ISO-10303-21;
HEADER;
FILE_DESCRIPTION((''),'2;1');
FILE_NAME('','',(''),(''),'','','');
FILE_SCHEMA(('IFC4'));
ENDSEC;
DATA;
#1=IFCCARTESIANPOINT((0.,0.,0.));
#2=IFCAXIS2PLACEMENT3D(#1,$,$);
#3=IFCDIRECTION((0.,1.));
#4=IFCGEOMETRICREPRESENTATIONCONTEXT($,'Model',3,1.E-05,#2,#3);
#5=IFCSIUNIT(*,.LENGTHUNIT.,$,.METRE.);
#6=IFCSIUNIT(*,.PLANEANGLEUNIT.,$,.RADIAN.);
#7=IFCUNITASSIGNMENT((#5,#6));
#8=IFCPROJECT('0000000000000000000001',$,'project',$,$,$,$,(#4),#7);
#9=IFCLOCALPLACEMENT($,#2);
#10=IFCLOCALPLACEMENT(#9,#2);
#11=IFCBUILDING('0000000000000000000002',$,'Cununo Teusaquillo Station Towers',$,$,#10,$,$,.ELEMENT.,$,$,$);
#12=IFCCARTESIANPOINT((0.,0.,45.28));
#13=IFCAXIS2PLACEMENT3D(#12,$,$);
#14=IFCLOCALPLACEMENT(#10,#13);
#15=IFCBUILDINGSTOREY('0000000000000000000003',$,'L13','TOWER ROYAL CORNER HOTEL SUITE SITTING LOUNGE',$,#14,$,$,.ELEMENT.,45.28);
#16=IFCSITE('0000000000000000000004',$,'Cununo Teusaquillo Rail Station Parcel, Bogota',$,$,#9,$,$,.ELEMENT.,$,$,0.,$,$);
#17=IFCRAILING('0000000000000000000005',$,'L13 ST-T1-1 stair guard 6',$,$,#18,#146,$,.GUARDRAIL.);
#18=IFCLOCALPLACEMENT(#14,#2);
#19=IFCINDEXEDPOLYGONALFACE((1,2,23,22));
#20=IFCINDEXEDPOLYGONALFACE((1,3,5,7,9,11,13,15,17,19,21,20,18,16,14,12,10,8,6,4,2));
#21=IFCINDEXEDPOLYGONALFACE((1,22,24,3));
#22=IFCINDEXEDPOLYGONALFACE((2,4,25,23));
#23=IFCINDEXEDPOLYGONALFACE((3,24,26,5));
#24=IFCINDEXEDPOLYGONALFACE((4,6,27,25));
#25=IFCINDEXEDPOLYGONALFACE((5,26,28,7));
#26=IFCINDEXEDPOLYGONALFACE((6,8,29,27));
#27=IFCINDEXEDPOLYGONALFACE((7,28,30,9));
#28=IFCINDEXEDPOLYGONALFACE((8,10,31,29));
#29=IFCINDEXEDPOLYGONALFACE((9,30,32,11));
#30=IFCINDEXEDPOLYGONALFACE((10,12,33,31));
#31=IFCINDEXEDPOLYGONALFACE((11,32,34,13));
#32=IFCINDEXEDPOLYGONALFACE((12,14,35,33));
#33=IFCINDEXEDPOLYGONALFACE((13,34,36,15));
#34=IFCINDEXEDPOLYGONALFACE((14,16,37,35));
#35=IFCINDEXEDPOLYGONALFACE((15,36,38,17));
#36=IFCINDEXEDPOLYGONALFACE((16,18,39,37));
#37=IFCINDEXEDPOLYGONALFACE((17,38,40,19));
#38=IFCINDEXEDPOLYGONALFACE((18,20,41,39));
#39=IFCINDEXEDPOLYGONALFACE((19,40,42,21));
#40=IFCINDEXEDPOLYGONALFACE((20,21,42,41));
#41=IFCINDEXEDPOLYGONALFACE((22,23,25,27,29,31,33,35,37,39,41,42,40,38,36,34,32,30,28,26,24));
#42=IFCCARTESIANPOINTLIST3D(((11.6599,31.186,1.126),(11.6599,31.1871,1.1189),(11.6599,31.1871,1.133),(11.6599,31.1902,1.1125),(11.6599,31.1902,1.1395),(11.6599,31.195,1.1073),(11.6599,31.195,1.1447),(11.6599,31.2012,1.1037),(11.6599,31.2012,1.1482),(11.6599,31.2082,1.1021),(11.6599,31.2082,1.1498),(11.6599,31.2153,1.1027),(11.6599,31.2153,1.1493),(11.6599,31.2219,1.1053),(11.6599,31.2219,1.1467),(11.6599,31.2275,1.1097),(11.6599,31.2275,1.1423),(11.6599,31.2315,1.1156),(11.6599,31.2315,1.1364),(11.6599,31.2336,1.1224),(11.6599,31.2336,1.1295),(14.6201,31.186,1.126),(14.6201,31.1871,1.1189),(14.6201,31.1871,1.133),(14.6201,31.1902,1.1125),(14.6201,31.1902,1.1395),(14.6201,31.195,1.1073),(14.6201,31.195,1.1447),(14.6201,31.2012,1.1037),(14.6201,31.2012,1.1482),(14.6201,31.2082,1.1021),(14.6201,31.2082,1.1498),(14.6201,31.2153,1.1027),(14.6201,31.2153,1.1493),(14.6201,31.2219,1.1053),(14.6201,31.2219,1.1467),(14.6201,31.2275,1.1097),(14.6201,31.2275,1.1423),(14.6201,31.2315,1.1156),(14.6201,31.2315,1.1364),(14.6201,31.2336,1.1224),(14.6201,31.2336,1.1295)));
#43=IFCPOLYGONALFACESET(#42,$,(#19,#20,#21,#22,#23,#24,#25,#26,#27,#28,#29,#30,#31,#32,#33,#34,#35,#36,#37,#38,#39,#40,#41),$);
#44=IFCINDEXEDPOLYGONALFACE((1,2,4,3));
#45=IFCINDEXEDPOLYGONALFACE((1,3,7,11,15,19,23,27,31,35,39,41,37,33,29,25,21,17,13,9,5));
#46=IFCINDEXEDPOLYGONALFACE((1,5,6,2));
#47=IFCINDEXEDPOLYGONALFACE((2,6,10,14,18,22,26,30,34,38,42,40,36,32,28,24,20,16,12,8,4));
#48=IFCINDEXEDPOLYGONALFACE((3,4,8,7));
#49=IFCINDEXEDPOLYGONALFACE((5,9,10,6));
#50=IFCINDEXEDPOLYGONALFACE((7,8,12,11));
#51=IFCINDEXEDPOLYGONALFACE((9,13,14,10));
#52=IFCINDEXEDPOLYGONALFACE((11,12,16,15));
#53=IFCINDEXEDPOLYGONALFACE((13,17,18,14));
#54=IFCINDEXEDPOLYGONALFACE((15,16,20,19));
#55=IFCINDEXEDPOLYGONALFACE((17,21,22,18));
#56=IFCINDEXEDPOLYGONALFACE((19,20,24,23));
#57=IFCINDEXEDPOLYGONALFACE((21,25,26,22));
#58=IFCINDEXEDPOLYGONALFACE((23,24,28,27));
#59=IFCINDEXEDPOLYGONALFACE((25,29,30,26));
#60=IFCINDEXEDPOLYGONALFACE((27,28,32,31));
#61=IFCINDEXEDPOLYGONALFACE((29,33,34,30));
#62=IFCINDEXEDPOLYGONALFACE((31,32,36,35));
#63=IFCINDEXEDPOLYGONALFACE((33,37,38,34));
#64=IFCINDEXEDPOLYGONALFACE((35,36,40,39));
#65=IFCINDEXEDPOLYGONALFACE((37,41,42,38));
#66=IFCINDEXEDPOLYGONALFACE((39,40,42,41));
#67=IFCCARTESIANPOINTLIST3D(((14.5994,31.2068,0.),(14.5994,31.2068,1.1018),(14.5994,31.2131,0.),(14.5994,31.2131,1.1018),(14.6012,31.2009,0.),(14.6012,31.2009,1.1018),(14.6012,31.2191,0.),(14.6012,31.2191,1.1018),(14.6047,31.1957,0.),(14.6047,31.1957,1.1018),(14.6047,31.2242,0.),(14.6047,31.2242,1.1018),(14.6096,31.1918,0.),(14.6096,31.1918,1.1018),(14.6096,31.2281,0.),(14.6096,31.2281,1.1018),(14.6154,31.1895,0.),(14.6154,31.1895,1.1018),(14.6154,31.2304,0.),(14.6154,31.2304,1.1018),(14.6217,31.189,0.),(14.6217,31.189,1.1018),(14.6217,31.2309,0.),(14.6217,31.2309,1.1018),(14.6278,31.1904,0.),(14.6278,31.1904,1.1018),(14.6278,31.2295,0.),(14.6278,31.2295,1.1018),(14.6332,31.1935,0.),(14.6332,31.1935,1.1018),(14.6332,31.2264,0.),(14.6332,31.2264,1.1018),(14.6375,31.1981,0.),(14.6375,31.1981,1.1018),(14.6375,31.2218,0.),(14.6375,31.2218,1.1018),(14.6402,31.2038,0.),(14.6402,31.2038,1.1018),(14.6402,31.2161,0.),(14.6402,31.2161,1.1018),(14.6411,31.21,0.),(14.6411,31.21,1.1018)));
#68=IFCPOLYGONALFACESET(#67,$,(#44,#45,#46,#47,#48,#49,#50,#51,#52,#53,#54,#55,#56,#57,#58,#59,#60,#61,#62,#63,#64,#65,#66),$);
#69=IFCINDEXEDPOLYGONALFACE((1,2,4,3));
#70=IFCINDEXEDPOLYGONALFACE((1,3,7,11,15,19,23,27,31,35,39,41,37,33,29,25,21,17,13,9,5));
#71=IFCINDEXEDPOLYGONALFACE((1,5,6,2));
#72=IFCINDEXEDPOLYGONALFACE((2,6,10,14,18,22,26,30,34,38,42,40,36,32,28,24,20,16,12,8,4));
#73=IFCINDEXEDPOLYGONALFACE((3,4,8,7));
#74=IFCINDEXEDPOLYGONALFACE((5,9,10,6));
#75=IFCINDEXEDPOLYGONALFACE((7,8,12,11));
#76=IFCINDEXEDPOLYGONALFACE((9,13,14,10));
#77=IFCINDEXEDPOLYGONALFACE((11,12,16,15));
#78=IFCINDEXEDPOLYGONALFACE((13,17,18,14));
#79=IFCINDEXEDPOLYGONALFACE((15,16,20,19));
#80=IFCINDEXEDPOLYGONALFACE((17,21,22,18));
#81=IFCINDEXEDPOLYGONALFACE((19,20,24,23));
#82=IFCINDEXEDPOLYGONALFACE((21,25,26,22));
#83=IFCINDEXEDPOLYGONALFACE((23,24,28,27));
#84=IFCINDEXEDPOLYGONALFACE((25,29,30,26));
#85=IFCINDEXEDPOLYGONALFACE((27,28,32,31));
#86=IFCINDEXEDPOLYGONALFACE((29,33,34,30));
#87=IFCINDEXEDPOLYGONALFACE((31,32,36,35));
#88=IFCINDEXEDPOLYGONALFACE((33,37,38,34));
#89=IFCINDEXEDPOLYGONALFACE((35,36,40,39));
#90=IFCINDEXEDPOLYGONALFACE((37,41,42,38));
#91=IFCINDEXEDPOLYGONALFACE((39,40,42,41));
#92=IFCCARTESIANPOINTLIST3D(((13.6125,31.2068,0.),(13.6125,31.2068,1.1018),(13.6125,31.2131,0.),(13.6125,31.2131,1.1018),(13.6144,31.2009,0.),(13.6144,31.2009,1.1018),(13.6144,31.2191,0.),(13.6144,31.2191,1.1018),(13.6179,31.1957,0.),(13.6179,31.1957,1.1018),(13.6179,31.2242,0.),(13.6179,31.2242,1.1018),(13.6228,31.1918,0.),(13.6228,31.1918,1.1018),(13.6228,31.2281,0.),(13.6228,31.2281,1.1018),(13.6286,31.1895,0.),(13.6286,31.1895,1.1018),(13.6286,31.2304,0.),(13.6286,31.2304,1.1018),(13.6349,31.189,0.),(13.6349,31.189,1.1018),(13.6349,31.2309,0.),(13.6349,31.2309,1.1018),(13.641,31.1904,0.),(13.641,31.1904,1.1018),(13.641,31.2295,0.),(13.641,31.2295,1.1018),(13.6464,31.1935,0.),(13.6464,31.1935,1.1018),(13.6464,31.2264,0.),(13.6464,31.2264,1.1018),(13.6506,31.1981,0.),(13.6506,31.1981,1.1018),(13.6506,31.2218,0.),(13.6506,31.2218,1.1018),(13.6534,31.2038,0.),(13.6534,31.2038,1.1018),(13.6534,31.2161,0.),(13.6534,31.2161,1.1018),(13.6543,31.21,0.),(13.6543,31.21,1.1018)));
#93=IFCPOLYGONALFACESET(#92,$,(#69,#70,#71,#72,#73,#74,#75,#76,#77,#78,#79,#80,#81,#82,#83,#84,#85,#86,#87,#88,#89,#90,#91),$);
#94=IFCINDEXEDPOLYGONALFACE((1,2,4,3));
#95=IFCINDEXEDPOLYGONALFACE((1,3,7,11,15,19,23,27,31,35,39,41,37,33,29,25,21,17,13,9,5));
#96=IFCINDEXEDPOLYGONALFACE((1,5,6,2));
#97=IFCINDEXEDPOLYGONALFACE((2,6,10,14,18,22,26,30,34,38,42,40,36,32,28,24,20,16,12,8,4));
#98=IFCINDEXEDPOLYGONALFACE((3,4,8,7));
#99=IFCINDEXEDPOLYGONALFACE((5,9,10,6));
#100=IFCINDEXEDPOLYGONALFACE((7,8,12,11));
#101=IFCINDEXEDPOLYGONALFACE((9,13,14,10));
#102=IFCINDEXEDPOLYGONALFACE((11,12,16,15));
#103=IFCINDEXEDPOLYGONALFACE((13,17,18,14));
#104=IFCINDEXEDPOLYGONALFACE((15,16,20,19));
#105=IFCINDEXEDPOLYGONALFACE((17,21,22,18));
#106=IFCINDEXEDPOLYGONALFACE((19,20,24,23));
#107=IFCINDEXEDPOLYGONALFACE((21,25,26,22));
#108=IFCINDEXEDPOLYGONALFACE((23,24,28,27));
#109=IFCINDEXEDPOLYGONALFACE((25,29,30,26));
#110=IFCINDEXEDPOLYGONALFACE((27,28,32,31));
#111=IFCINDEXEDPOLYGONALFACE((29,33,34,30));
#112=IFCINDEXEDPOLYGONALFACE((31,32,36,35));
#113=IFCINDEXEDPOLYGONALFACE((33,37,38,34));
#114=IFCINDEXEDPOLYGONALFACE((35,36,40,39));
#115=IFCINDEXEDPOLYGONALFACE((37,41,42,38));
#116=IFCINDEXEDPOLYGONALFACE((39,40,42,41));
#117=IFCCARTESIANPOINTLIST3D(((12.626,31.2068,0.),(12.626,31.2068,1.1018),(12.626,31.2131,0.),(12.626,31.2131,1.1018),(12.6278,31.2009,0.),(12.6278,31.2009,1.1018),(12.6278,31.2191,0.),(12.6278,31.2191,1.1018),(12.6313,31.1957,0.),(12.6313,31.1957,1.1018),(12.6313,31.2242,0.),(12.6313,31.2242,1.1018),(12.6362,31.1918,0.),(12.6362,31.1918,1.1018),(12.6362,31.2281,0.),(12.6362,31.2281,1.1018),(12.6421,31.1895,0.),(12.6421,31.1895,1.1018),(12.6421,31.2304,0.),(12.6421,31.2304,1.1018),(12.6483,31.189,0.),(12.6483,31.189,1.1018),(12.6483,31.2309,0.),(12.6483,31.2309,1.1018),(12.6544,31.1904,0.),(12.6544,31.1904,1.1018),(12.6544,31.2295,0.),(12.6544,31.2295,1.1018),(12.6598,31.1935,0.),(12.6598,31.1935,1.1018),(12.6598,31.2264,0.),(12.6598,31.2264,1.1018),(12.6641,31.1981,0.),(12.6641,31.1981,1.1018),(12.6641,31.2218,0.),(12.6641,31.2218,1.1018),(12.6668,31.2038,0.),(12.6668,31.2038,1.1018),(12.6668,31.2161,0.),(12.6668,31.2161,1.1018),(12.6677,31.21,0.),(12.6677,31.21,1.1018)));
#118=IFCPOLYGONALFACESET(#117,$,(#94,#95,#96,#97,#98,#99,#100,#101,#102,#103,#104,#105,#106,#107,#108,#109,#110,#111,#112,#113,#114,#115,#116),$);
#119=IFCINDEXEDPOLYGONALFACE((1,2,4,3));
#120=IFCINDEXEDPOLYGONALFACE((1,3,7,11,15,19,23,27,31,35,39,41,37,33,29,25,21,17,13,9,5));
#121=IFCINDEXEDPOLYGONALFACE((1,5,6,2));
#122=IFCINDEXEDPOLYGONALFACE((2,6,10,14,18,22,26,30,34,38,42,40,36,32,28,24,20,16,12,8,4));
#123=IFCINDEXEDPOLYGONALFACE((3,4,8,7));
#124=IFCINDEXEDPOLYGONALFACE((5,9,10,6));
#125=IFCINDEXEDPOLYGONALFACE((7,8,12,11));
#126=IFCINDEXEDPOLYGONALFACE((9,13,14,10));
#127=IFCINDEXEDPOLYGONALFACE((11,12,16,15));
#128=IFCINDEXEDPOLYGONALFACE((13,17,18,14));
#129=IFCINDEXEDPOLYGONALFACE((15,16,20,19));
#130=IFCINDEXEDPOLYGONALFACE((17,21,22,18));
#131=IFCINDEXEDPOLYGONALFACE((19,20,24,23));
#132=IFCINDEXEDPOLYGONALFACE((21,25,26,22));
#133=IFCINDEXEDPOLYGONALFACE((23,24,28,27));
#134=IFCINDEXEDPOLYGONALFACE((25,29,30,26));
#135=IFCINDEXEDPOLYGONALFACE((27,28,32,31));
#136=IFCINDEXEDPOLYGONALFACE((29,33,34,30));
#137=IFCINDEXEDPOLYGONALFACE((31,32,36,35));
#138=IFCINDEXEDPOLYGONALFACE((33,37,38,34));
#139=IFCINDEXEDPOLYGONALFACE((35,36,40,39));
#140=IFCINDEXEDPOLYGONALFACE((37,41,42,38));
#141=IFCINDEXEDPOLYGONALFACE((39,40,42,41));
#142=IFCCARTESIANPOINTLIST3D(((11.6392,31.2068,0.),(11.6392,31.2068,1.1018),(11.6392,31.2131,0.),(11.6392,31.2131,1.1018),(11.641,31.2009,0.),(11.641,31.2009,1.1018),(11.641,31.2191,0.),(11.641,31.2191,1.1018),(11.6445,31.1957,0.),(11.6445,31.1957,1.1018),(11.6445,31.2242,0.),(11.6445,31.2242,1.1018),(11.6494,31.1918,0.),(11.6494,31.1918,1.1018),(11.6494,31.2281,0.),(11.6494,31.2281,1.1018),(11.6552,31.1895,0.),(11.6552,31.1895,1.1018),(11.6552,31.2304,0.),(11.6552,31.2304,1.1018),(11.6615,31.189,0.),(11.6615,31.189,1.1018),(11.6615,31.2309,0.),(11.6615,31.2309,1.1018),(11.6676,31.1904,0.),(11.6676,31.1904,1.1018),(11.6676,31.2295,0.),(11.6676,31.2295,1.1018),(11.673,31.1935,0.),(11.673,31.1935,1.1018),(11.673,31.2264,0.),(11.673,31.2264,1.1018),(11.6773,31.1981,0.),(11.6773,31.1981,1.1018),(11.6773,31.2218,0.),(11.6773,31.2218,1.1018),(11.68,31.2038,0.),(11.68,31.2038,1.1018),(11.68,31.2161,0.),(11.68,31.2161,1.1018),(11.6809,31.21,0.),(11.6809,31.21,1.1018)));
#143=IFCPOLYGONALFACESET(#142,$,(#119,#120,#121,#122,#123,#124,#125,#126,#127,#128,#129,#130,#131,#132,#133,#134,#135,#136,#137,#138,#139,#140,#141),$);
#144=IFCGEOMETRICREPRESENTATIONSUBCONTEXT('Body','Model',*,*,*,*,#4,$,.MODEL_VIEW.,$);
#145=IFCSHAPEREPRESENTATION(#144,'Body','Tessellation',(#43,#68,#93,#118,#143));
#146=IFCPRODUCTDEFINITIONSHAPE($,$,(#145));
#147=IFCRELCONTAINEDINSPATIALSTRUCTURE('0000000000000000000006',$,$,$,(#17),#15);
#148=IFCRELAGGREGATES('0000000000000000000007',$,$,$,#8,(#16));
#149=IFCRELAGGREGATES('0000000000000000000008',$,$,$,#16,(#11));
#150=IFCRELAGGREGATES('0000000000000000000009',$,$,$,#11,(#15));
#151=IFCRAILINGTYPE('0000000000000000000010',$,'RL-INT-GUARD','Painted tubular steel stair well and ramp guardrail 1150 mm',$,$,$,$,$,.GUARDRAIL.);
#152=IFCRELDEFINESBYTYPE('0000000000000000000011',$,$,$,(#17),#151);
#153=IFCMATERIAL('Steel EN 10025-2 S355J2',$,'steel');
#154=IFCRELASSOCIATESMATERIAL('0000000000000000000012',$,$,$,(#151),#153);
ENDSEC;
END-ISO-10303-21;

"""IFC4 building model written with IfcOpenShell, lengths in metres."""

from ifc_helpers import new_model, si_unit, direction, frame, origin, origin_2d, place, context, subcontext, project, spatial, circle, extrude, material, type_object, element, save


model = new_model("IFC4")

# Units and contexts
model_context = context("Model", 3, precision=1e-05, world=origin(), true_north=direction((0.0, 1.0)))
body_context = subcontext(model_context, "Body", "Model", "MODEL_VIEW")
ifc_project = project(units=[si_unit("LENGTHUNIT", "METRE"), si_unit("PLANEANGLEUNIT", "RADIAN")], contexts=[model_context])

# Site, building, storey
site_placement = place(None, origin())
site = spatial("IfcSite", under=ifc_project, at=site_placement, Name="Cununo Teusaquillo Rail Station Parcel, Bogota", CompositionType="ELEMENT", RefElevation=0.0)
building_placement = place(site_placement, origin())
building = spatial("IfcBuilding", under=site, at=building_placement, Name="Cununo Teusaquillo Station Towers", CompositionType="ELEMENT")
storey_placement = place(building_placement, frame((0.0, 0.0, 45.28)))
storey = spatial("IfcBuildingStorey", under=building, at=storey_placement, Name="L13", Description="TOWER ROYAL CORNER HOTEL SUITE SITTING LOUNGE", CompositionType="ELEMENT", Elevation=45.28)

# Railing
ifc_material_1 = material(Name="Steel EN 10025-2 S355J2", Category="steel")
railing_type_1 = type_object("IfcRailingType", Name="RL-INT-GUARD", Description="Painted tubular steel stair well and ramp guardrail 1150 mm", PredefinedType="GUARDRAIL", material=ifc_material_1)
railing_1_placement = place(storey_placement, frame((14.6201, 31.21, 0.0)))
element("IfcRailing", 1, at=railing_1_placement, inside=storey, type_object=railing_type_1, Name="L13 ST-T1-1 stair guard 6", PredefinedType="GUARDRAIL", context=body_context, shape_type="SweptSolid", body=[
    extrude(circle(Radius=0.0239, at=origin_2d()), frame((0.0, 0.0, 1.126), z_axis=(-1.0, 0.0, 0.0), x_axis=(0.0, -1.0, 0.0)), (0.0, 0.0, 1.0), 2.9602),
    extrude(circle(Radius=0.021, at=origin_2d()), origin(), (0.0, 0.0, 1.0), 1.1018),
    extrude(circle(Radius=0.021, at=origin_2d()), frame((-0.9868, 0.0, 0.0)), (0.0, 0.0, 1.0), 1.1018),
    extrude(circle(Radius=0.021, at=origin_2d()), frame((-1.9734, 0.0, 0.0)), (0.0, 0.0, 1.0), 1.1018),
    extrude(circle(Radius=0.021, at=origin_2d()), frame((-2.9602, 0.0, 0.0)), (0.0, 0.0, 1.0), 1.1018),
])

save(model, "model.ifc")
